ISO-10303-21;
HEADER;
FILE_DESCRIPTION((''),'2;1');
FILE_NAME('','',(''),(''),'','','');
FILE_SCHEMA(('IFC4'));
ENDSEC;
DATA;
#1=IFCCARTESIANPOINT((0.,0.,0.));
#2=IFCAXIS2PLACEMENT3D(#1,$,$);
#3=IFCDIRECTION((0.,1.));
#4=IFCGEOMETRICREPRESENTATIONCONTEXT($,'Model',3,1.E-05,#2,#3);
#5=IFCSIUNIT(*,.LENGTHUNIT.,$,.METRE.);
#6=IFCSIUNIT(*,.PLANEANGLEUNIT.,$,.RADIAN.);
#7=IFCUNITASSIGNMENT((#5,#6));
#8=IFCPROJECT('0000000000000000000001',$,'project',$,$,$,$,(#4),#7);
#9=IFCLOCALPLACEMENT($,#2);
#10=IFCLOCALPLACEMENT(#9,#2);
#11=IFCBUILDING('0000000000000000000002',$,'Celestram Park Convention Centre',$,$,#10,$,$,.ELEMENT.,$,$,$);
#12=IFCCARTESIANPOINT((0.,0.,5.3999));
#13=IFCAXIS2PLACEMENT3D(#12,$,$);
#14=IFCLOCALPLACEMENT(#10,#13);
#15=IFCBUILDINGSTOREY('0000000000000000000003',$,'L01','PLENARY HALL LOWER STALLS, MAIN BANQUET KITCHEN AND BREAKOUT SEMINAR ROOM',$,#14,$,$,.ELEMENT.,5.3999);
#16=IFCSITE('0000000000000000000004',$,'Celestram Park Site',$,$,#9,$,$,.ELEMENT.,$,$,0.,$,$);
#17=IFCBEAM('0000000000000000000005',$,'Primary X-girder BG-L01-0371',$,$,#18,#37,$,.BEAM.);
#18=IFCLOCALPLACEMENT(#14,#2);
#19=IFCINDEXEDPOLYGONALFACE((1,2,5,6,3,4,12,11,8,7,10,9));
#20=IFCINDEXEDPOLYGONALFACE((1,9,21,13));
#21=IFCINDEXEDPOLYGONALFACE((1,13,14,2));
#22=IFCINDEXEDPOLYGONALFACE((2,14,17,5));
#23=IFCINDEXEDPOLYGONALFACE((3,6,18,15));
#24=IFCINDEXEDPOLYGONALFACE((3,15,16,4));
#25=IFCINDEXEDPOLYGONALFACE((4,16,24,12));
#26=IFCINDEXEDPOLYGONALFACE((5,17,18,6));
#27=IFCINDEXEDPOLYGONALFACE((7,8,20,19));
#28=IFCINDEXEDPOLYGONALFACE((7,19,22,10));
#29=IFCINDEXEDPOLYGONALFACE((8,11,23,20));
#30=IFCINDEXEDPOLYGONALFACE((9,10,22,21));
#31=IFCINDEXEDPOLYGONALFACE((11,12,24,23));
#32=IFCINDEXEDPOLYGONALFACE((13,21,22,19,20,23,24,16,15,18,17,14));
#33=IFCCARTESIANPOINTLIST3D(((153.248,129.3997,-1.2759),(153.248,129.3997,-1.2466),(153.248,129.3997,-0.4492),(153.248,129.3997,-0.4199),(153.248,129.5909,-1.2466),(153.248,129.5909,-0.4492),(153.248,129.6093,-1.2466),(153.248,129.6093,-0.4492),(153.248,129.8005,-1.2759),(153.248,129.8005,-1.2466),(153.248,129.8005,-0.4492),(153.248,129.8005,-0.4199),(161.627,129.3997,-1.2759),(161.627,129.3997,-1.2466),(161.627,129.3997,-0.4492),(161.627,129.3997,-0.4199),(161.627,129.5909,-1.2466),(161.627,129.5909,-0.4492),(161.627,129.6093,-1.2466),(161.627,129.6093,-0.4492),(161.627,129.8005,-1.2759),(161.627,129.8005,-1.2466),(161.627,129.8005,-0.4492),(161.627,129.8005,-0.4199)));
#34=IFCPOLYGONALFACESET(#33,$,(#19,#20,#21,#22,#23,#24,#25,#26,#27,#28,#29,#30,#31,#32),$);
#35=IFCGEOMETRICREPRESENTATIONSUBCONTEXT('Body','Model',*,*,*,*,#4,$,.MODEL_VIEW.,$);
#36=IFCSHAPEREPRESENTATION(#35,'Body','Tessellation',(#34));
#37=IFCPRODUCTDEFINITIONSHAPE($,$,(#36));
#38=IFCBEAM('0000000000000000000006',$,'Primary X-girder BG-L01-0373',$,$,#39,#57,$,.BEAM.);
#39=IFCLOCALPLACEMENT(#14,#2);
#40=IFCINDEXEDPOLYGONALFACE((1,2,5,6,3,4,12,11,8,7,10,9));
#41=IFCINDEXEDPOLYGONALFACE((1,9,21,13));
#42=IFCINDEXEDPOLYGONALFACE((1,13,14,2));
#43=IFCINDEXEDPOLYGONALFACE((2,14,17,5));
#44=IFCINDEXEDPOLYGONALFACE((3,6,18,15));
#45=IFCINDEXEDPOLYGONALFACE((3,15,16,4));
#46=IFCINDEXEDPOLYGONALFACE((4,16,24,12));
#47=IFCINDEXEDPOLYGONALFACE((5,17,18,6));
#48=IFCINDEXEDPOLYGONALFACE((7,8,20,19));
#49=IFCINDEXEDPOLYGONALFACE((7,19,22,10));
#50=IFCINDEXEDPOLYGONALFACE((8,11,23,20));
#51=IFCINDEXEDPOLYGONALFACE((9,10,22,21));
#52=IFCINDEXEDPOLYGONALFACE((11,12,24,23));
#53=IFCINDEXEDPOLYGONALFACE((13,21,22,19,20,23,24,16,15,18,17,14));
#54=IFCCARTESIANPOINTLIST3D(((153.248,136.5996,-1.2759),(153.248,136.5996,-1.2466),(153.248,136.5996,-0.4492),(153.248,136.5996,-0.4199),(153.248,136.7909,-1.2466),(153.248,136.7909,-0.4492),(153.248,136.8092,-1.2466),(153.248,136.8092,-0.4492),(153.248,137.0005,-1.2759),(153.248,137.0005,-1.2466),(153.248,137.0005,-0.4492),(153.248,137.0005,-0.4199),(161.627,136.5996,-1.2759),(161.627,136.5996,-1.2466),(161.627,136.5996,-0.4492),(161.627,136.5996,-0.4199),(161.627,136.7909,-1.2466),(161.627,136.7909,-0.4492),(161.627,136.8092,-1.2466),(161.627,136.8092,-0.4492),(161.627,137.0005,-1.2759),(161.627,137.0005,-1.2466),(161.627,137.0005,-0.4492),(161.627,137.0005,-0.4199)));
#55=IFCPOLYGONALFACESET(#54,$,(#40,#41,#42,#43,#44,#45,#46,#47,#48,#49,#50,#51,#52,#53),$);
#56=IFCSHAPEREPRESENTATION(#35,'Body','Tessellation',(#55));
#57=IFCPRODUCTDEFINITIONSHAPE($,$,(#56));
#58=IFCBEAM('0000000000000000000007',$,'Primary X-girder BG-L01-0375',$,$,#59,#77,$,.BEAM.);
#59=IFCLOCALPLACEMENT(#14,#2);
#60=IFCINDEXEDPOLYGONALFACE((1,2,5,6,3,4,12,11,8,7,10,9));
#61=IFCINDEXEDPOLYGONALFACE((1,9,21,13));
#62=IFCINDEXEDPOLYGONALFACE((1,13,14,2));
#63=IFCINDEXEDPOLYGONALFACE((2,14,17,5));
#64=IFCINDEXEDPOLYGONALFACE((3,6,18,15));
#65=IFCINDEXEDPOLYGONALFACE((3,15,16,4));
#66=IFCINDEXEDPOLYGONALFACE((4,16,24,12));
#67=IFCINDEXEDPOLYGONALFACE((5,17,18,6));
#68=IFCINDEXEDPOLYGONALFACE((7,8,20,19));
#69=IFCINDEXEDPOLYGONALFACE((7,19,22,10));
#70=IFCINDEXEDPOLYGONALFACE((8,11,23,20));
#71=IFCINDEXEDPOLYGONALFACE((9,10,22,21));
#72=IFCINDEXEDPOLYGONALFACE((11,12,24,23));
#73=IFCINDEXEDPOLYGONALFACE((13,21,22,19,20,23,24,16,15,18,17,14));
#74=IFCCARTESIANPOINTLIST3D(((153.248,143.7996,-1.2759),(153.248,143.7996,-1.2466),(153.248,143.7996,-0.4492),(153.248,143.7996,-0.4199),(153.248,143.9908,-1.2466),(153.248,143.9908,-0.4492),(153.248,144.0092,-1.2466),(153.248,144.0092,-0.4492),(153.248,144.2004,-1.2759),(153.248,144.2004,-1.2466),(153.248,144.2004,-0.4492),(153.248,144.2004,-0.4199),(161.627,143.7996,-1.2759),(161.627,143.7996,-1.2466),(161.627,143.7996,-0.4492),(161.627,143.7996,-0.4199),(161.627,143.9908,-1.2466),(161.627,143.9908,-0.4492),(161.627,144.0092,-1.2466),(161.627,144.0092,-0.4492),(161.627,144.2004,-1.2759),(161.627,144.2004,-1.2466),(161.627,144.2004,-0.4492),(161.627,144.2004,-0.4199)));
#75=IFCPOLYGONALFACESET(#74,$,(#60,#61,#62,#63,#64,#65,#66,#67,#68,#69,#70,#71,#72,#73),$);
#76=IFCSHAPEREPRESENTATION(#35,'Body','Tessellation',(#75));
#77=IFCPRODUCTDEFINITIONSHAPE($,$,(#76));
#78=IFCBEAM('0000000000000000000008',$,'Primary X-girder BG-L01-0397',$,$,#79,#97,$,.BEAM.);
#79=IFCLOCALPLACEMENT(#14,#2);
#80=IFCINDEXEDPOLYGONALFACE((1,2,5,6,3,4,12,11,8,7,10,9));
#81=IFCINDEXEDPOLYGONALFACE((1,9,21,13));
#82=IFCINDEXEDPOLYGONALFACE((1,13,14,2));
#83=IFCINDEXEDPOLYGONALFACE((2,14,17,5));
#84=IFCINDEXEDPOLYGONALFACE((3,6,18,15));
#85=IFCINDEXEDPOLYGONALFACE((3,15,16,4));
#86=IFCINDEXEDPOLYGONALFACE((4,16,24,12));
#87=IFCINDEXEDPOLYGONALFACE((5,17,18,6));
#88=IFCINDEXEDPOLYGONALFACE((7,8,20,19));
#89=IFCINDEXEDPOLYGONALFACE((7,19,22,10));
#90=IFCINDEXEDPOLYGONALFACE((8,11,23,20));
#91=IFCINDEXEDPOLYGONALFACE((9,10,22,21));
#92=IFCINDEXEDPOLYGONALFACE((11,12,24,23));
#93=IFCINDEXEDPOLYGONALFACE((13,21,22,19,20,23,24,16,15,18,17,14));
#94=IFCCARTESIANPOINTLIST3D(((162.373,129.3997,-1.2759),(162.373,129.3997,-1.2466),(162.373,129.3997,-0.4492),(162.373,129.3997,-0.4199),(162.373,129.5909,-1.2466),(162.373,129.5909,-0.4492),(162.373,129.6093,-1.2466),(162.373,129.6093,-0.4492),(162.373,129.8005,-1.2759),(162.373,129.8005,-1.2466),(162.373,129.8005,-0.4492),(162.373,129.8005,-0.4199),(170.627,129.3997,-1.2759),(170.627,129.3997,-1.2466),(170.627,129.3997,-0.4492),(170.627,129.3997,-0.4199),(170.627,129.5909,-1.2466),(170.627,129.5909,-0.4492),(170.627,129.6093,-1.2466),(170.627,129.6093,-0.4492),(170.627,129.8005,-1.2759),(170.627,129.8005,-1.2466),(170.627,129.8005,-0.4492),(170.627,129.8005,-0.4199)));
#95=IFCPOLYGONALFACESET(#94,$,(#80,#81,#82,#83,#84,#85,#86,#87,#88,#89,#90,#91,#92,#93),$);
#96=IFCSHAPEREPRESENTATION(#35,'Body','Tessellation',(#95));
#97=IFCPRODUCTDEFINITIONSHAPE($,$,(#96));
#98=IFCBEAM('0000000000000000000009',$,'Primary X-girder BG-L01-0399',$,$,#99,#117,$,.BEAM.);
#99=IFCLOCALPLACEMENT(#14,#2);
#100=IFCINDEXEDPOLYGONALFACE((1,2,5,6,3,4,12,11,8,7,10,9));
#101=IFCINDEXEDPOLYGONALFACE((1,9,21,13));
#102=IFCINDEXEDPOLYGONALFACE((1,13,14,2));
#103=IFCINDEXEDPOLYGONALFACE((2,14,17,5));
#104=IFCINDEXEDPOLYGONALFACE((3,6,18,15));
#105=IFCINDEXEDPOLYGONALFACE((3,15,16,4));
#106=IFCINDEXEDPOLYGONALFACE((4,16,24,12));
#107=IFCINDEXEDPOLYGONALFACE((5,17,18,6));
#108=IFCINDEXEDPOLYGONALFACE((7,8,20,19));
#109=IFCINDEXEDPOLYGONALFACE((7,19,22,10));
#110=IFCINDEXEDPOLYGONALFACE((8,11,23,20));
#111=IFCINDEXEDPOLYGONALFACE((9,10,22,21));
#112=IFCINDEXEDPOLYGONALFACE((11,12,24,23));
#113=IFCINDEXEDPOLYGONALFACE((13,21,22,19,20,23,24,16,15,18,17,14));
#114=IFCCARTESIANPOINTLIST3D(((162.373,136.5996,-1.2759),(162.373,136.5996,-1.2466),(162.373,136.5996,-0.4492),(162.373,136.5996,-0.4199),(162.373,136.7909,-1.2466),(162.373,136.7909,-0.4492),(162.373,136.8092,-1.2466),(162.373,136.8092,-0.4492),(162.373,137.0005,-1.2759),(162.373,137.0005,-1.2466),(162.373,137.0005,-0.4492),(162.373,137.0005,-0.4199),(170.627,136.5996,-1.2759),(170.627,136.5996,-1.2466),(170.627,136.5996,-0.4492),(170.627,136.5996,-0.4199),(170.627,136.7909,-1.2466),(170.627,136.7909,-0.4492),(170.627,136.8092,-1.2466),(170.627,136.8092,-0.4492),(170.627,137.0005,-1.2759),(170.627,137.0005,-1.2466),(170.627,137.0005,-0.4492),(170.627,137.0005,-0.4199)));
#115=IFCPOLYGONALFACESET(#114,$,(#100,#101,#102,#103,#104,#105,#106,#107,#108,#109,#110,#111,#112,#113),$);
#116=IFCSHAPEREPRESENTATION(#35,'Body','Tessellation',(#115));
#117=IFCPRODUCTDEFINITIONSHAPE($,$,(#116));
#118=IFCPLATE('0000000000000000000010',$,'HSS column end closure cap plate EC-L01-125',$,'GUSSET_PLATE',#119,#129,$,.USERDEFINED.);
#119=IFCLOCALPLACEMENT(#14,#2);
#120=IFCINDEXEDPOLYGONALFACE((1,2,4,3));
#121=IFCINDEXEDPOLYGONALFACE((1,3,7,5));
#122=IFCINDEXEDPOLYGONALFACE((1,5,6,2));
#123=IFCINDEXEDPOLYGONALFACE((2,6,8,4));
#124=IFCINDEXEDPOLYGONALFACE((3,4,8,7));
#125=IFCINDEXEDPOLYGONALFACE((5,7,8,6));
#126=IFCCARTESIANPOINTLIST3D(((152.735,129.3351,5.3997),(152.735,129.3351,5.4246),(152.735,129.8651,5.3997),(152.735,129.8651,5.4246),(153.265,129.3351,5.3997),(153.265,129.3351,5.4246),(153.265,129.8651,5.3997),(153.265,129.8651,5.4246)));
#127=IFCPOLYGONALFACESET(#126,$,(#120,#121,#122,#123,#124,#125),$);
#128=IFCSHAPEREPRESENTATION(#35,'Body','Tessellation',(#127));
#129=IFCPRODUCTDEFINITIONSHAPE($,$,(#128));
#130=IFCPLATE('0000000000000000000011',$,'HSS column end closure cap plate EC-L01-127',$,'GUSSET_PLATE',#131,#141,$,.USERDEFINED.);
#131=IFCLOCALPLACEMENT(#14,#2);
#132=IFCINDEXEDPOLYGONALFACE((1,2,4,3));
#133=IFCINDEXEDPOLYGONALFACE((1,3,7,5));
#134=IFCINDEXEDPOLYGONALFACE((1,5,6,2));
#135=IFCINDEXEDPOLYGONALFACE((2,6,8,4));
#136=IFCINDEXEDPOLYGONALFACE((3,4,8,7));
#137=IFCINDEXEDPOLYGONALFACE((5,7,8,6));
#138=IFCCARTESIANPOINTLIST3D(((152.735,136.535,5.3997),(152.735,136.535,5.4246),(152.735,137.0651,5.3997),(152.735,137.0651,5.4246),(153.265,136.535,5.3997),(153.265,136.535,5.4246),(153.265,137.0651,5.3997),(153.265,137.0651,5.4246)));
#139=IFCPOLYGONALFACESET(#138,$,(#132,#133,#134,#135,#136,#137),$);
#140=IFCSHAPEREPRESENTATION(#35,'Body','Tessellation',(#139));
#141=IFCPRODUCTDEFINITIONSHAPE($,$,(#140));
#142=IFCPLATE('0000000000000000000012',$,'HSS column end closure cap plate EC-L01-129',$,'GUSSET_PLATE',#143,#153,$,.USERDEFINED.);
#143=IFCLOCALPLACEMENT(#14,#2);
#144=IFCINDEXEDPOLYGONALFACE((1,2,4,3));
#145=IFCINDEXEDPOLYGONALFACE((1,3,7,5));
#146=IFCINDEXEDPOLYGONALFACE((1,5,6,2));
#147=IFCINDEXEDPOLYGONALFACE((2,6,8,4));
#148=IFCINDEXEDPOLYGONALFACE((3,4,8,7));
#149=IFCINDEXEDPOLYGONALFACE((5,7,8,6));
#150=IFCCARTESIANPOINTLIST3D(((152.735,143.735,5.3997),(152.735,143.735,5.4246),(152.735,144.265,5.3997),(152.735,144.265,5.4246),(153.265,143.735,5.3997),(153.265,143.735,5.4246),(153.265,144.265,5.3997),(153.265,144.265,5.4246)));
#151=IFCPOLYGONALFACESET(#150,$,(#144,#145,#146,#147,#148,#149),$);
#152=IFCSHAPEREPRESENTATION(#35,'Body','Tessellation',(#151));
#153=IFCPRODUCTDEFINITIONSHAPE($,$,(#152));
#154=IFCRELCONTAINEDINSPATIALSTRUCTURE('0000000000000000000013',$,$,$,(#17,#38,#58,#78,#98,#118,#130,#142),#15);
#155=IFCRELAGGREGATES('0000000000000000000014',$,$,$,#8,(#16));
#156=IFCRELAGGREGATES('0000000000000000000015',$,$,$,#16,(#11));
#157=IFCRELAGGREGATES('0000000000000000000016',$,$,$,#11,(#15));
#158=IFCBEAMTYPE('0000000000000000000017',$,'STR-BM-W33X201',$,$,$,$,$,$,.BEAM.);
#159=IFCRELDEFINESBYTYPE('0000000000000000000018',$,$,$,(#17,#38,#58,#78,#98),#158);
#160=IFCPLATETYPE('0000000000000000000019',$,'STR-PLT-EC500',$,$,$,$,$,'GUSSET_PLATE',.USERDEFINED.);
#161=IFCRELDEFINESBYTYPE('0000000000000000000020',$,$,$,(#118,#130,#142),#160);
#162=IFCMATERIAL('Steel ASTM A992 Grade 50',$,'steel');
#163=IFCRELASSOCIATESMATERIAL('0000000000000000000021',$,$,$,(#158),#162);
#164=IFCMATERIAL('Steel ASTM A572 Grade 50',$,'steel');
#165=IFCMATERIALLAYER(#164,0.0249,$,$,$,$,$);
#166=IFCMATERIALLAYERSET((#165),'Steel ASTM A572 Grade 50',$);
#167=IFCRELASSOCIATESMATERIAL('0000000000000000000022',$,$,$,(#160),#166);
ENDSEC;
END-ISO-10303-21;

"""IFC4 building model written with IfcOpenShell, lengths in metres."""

from ifc_helpers import new_model, si_unit, direction, frame, origin, origin_2d, place, context, subcontext, project, spatial, rectangle, i_section, extrude, material, layer, layer_set, material_profile, profile_set, type_object, element, save


model = new_model("IFC4")

# Units and contexts
model_context = context("Model", 3, precision=1e-05, world=origin(), true_north=direction((0.0, 1.0)))
body_context = subcontext(model_context, "Body", "Model", "MODEL_VIEW")
ifc_project = project(units=[si_unit("LENGTHUNIT", "METRE"), si_unit("PLANEANGLEUNIT", "RADIAN")], contexts=[model_context])

# Site, building, storey
site_placement = place(None, origin())
site = spatial("IfcSite", under=ifc_project, at=site_placement, Name="Celestram Park Site", CompositionType="ELEMENT", RefElevation=0.0)
building_placement = place(site_placement, origin())
building = spatial("IfcBuilding", under=site, at=building_placement, Name="Celestram Park Convention Centre", CompositionType="ELEMENT")
storey_placement = place(building_placement, frame((0.0, 0.0, 5.3999)))
storey = spatial("IfcBuildingStorey", under=building, at=storey_placement, Name="L01", Description="PLENARY HALL LOWER STALLS, MAIN BANQUET KITCHEN AND BREAKOUT SEMINAR ROOM", CompositionType="ELEMENT", Elevation=5.3999)

# Beams
ifc_material_1 = material(Name="Steel ASTM A992 Grade 50", Category="steel")
ifc_material_profile_1 = material_profile(ifc_material_1, i_section(OverallWidth=0.4009, OverallDepth=0.856, WebThickness=0.0183, FlangeThickness=0.0293, at=origin_2d()), Name="W33X201")
ifc_profile_set_1 = profile_set([ifc_material_profile_1], Name="Steel ASTM A992 Grade 50")
beam_type_1 = type_object("IfcBeamType", Name="STR-BM-W33X201", PredefinedType="BEAM", material=ifc_profile_set_1)
for number, where, z_axis, x_axis, name in (
    (1, (153.248, 129.6001, -0.8479), (1.0, 0.0, 0.0), (0.0, 1.0, 0.0), "Primary X-girder BG-L01-0371"),
    (2, (153.248, 136.8, -0.8479), (1.0, 0.0, 0.0), (0.0, 1.0, 0.0), "Primary X-girder BG-L01-0373"),
    (3, (153.248, 144.0, -0.8479), (1.0, 0.0, 0.0), (0.0, 1.0, 0.0), "Primary X-girder BG-L01-0375"),
):
    element("IfcBeam", number, at=place(storey_placement, frame(where, z_axis=z_axis, x_axis=x_axis)), inside=storey, type_object=beam_type_1, Name=name, PredefinedType="BEAM", context=body_context, shape_type="SweptSolid", body=[
        extrude(i_section(OverallWidth=0.4009, OverallDepth=0.856, WebThickness=0.0183, FlangeThickness=0.0293, at=origin_2d()), origin(), (0.0, 0.0, 1.0), 8.3789),
    ])
for number, where, z_axis, x_axis, name in (
    (4, (162.373, 129.6001, -0.8479), (1.0, 0.0, 0.0), (0.0, 1.0, 0.0), "Primary X-girder BG-L01-0397"),
    (5, (162.373, 136.8, -0.8479), (1.0, 0.0, 0.0), (0.0, 1.0, 0.0), "Primary X-girder BG-L01-0399"),
):
    element("IfcBeam", number, at=place(storey_placement, frame(where, z_axis=z_axis, x_axis=x_axis)), inside=storey, type_object=beam_type_1, Name=name, PredefinedType="BEAM", context=body_context, shape_type="SweptSolid", body=[
        extrude(i_section(OverallWidth=0.4009, OverallDepth=0.856, WebThickness=0.0183, FlangeThickness=0.0293, at=origin_2d()), origin(), (0.0, 0.0, 1.0), 8.2539),
    ])

# Plates
ifc_material_2 = material(Name="Steel ASTM A572 Grade 50", Category="steel")
ifc_layer_1 = layer(ifc_material_2, 0.0249)
ifc_layer_set_1 = layer_set([ifc_layer_1], Name="Steel ASTM A572 Grade 50")
plate_type = type_object("IfcPlateType", Name="STR-PLT-EC500", ElementType="GUSSET_PLATE", PredefinedType="USERDEFINED", material=ifc_layer_set_1)
for number, where, z_axis, x_axis, name in (
    (6, (153.0, 129.6001, 5.3997), (0.0, 0.0, 1.0), (1.0, 0.0, 0.0), "HSS column end closure cap plate EC-L01-125"),
    (7, (153.0, 136.8, 5.3997), (0.0, 0.0, 1.0), (1.0, 0.0, 0.0), "HSS column end closure cap plate EC-L01-127"),
    (8, (153.0, 144.0, 5.3997), (0.0, 0.0, 1.0), (1.0, 0.0, 0.0), "HSS column end closure cap plate EC-L01-129"),
):
    element("IfcPlate", number, at=place(storey_placement, frame(where, z_axis=z_axis, x_axis=x_axis)), inside=storey, type_object=plate_type, Name=name, ObjectType="GUSSET_PLATE", PredefinedType="USERDEFINED", context=body_context, shape_type="SweptSolid", body=[
        extrude(rectangle(XDim=0.53, YDim=0.53, at=origin_2d()), origin(), (0.0, 0.0, 1.0), 0.0249),
    ])

save(model, "model.ifc")
